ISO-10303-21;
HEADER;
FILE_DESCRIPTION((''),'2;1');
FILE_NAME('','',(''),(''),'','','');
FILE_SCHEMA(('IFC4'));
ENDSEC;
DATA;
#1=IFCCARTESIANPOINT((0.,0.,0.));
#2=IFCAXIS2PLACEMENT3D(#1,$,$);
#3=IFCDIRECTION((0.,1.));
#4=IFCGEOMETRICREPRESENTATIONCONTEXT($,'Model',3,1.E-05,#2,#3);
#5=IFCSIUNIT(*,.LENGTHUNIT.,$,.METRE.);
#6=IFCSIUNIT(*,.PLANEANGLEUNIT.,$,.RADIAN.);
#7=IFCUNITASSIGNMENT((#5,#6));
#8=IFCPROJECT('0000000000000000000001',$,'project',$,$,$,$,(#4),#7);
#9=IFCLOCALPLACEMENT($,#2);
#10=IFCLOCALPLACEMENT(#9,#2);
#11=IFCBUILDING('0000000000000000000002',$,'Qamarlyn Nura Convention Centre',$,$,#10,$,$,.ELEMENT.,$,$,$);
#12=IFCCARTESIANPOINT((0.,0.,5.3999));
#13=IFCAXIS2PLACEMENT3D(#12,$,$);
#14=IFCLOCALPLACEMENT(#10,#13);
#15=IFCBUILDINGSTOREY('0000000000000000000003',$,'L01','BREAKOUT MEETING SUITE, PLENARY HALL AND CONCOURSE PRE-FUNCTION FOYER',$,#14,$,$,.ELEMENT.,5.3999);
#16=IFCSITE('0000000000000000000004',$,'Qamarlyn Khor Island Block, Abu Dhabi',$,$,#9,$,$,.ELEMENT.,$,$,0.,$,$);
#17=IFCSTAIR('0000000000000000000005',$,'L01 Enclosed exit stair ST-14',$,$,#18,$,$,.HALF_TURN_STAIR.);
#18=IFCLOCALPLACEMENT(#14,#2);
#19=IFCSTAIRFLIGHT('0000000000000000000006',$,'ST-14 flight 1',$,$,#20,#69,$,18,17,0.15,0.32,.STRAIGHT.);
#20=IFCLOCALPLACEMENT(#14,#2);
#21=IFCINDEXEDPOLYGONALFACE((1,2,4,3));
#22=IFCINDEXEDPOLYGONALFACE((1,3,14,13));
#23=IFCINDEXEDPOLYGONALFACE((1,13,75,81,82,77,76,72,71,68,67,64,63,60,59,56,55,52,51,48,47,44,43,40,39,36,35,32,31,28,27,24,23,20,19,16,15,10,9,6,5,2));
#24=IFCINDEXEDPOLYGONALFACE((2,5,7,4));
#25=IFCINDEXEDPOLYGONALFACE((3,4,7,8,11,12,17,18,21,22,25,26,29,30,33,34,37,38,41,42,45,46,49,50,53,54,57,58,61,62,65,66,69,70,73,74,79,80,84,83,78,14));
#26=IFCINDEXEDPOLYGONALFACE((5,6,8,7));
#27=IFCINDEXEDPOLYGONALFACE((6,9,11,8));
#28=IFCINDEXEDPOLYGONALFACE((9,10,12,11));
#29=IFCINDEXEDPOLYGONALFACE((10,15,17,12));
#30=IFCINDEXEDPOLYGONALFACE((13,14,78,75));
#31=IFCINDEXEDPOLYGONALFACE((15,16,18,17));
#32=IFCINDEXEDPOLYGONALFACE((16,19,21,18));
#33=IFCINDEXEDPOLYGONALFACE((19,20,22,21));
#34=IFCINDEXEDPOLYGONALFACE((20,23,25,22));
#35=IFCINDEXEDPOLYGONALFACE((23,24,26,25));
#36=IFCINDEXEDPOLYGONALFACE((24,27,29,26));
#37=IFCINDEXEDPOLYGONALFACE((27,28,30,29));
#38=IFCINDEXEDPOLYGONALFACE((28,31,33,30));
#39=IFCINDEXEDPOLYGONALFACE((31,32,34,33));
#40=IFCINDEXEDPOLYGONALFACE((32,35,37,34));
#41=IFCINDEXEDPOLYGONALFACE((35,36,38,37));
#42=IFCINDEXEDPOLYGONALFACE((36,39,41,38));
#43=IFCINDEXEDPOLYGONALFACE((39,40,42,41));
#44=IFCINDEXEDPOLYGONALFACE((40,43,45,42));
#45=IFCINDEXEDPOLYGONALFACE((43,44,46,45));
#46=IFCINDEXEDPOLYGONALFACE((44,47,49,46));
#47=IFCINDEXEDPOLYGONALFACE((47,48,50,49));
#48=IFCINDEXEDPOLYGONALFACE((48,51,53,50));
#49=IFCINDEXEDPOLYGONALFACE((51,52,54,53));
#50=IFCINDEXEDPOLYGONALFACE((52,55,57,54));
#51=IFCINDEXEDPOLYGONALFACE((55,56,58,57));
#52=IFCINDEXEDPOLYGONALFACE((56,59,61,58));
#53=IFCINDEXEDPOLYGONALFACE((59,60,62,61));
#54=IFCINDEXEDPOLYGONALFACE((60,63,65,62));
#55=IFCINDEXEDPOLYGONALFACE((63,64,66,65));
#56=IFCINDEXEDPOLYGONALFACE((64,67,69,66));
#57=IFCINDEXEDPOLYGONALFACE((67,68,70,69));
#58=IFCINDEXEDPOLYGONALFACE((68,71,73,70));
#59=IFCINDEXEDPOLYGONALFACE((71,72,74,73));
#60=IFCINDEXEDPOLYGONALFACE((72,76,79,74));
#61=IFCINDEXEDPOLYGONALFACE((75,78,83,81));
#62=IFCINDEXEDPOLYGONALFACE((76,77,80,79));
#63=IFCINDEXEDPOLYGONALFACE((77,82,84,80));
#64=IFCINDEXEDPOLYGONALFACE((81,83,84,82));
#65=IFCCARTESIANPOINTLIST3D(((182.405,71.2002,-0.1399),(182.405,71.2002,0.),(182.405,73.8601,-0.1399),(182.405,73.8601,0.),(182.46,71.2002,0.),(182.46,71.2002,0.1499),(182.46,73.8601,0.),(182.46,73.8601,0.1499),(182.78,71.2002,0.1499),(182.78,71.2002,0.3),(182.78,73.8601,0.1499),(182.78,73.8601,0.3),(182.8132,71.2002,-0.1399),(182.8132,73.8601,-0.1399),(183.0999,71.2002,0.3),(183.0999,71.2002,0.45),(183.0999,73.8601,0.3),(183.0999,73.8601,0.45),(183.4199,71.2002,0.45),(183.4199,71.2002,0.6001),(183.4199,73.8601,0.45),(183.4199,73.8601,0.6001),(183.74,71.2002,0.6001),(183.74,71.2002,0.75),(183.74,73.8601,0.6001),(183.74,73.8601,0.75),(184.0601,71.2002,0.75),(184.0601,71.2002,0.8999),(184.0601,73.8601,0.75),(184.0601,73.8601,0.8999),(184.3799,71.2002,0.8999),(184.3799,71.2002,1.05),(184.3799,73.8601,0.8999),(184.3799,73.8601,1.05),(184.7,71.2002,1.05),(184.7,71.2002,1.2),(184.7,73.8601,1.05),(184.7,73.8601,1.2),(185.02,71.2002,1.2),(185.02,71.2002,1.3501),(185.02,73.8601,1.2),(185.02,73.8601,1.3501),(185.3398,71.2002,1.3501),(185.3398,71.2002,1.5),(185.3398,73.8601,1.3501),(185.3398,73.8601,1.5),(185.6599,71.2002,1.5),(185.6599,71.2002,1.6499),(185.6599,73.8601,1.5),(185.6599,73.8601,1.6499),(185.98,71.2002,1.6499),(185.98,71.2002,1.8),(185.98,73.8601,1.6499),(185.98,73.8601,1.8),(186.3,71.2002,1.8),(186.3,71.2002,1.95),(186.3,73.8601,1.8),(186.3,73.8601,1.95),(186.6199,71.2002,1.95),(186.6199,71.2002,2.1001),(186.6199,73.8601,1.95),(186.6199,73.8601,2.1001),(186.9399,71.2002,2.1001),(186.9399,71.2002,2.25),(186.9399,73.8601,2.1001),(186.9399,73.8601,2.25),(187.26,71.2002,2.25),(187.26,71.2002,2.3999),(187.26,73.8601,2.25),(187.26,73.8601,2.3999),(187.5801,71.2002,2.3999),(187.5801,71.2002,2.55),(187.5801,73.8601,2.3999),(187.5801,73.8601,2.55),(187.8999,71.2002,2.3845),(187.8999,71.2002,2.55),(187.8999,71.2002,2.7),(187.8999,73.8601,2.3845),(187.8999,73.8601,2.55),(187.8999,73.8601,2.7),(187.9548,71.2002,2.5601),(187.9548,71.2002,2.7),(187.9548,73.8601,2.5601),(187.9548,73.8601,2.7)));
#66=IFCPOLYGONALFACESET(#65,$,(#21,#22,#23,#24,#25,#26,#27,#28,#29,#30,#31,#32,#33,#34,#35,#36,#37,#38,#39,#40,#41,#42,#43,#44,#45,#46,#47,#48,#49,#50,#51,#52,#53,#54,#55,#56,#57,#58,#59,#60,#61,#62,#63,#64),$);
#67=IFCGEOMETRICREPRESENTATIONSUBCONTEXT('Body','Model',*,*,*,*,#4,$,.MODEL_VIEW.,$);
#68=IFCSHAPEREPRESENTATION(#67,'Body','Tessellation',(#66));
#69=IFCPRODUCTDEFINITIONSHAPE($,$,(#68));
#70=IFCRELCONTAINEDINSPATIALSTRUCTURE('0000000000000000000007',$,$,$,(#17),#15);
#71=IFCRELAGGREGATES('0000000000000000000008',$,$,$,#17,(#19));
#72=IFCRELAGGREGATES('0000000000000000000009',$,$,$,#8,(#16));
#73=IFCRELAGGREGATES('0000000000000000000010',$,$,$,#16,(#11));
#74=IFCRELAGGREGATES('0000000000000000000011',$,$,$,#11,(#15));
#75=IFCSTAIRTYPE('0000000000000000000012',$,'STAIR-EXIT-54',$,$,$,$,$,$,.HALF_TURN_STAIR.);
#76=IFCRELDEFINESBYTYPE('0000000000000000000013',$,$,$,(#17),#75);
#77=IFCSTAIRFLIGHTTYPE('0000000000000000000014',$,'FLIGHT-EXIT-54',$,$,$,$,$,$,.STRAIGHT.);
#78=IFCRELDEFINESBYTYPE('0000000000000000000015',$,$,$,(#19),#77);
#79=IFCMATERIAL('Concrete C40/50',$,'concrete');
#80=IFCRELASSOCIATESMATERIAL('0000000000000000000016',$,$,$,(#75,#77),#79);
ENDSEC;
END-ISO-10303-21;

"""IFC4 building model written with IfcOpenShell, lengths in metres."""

from ifc_helpers import new_model, si_unit, direction, frame, origin, place, context, subcontext, project, spatial, polyline, outline, extrude, material, type_object, element, aggregate, save


model = new_model("IFC4")

# Units and contexts
model_context = context("Model", 3, precision=1e-05, world=origin(), true_north=direction((0.0, 1.0)))
body_context = subcontext(model_context, "Body", "Model", "MODEL_VIEW")
ifc_project = project(units=[si_unit("LENGTHUNIT", "METRE"), si_unit("PLANEANGLEUNIT", "RADIAN")], contexts=[model_context])

# Site, building, storey
site_placement = place(None, origin())
site = spatial("IfcSite", under=ifc_project, at=site_placement, Name="Qamarlyn Khor Island Block, Abu Dhabi", CompositionType="ELEMENT", RefElevation=0.0)
building_placement = place(site_placement, origin())
building = spatial("IfcBuilding", under=site, at=building_placement, Name="Qamarlyn Nura Convention Centre", CompositionType="ELEMENT")
storey_placement = place(building_placement, frame((0.0, 0.0, 5.3999)))
storey = spatial("IfcBuildingStorey", under=building, at=storey_placement, Name="L01", Description="BREAKOUT MEETING SUITE, PLENARY HALL AND CONCOURSE PRE-FUNCTION FOYER", CompositionType="ELEMENT", Elevation=5.3999)

# Stair, stair flight
ifc_material_1 = material(Name="Concrete C40/50", Category="concrete")
stair_type = type_object("IfcStairType", Name="STAIR-EXIT-54", PredefinedType="HALF_TURN_STAIR", material=ifc_material_1)
stair_placement = place(storey_placement, origin())
stair = element("IfcStair", 1, at=stair_placement, inside=storey, type_object=stair_type, Name="L01 Enclosed exit stair ST-14", PredefinedType="HALF_TURN_STAIR")
stair_flight_type = type_object("IfcStairFlightType", Name="FLIGHT-EXIT-54", PredefinedType="STRAIGHT", material=ifc_material_1)
stair_flight_placement = place(storey_placement, frame((182.46, 72.53, 0.0), z_axis=(0.0, 0.0, 1.0), x_axis=(1.0, 0.0, 0.0)))
stair_flight = element("IfcStairFlight", 2, at=stair_flight_placement, type_object=stair_flight_type, Name="ST-14 flight 1", NumberOfRisers=18, NumberOfTreads=17, PredefinedType="STRAIGHT", RiserHeight=0.15, TreadLength=0.32, context=body_context, shape_type="SweptSolid", body=[
    extrude(outline(polyline([(-0.0549, 0.0), (0.0, 0.0), (0.0, 0.1499), (0.3201, 0.1499), (0.3201, 0.3), (0.6399, 0.3), (0.6399, 0.45), (0.96, 0.45), (0.96, 0.6001), (1.28, 0.6001), (1.28, 0.75), (1.6001, 0.75), (1.6001, 0.8999), (1.9199, 0.8999), (1.9199, 1.05), (2.24, 1.05), (2.24, 1.2), (2.5601, 1.2), (2.5601, 1.3501), (2.8799, 1.3501), (2.8799, 1.5), (3.2, 1.5), (3.2, 1.6499), (3.52, 1.6499), (3.52, 1.8), (3.8401, 1.8), (3.8401, 1.95), (4.1599, 1.95), (4.1599, 2.1001), (4.48, 2.1001), (4.48, 2.25), (4.8, 2.25), (4.8, 2.3999), (5.1201, 2.3999), (5.1201, 2.55), (5.4399, 2.55), (5.4399, 2.7), (5.4949, 2.7), (5.4949, 2.5601), (5.4399, 2.3845), (0.3533, -0.1399), (-0.0549, -0.1399), (-0.0549, 0.0)])), frame((0.0, 1.3301, 0.0), z_axis=(0.0, -1.0, 0.0), x_axis=(1.0, 0.0, 0.0)), (0.0, 0.0, 1.0), 2.6599),
])
aggregate(stair, [stair_flight])

save(model, "model.ifc")
